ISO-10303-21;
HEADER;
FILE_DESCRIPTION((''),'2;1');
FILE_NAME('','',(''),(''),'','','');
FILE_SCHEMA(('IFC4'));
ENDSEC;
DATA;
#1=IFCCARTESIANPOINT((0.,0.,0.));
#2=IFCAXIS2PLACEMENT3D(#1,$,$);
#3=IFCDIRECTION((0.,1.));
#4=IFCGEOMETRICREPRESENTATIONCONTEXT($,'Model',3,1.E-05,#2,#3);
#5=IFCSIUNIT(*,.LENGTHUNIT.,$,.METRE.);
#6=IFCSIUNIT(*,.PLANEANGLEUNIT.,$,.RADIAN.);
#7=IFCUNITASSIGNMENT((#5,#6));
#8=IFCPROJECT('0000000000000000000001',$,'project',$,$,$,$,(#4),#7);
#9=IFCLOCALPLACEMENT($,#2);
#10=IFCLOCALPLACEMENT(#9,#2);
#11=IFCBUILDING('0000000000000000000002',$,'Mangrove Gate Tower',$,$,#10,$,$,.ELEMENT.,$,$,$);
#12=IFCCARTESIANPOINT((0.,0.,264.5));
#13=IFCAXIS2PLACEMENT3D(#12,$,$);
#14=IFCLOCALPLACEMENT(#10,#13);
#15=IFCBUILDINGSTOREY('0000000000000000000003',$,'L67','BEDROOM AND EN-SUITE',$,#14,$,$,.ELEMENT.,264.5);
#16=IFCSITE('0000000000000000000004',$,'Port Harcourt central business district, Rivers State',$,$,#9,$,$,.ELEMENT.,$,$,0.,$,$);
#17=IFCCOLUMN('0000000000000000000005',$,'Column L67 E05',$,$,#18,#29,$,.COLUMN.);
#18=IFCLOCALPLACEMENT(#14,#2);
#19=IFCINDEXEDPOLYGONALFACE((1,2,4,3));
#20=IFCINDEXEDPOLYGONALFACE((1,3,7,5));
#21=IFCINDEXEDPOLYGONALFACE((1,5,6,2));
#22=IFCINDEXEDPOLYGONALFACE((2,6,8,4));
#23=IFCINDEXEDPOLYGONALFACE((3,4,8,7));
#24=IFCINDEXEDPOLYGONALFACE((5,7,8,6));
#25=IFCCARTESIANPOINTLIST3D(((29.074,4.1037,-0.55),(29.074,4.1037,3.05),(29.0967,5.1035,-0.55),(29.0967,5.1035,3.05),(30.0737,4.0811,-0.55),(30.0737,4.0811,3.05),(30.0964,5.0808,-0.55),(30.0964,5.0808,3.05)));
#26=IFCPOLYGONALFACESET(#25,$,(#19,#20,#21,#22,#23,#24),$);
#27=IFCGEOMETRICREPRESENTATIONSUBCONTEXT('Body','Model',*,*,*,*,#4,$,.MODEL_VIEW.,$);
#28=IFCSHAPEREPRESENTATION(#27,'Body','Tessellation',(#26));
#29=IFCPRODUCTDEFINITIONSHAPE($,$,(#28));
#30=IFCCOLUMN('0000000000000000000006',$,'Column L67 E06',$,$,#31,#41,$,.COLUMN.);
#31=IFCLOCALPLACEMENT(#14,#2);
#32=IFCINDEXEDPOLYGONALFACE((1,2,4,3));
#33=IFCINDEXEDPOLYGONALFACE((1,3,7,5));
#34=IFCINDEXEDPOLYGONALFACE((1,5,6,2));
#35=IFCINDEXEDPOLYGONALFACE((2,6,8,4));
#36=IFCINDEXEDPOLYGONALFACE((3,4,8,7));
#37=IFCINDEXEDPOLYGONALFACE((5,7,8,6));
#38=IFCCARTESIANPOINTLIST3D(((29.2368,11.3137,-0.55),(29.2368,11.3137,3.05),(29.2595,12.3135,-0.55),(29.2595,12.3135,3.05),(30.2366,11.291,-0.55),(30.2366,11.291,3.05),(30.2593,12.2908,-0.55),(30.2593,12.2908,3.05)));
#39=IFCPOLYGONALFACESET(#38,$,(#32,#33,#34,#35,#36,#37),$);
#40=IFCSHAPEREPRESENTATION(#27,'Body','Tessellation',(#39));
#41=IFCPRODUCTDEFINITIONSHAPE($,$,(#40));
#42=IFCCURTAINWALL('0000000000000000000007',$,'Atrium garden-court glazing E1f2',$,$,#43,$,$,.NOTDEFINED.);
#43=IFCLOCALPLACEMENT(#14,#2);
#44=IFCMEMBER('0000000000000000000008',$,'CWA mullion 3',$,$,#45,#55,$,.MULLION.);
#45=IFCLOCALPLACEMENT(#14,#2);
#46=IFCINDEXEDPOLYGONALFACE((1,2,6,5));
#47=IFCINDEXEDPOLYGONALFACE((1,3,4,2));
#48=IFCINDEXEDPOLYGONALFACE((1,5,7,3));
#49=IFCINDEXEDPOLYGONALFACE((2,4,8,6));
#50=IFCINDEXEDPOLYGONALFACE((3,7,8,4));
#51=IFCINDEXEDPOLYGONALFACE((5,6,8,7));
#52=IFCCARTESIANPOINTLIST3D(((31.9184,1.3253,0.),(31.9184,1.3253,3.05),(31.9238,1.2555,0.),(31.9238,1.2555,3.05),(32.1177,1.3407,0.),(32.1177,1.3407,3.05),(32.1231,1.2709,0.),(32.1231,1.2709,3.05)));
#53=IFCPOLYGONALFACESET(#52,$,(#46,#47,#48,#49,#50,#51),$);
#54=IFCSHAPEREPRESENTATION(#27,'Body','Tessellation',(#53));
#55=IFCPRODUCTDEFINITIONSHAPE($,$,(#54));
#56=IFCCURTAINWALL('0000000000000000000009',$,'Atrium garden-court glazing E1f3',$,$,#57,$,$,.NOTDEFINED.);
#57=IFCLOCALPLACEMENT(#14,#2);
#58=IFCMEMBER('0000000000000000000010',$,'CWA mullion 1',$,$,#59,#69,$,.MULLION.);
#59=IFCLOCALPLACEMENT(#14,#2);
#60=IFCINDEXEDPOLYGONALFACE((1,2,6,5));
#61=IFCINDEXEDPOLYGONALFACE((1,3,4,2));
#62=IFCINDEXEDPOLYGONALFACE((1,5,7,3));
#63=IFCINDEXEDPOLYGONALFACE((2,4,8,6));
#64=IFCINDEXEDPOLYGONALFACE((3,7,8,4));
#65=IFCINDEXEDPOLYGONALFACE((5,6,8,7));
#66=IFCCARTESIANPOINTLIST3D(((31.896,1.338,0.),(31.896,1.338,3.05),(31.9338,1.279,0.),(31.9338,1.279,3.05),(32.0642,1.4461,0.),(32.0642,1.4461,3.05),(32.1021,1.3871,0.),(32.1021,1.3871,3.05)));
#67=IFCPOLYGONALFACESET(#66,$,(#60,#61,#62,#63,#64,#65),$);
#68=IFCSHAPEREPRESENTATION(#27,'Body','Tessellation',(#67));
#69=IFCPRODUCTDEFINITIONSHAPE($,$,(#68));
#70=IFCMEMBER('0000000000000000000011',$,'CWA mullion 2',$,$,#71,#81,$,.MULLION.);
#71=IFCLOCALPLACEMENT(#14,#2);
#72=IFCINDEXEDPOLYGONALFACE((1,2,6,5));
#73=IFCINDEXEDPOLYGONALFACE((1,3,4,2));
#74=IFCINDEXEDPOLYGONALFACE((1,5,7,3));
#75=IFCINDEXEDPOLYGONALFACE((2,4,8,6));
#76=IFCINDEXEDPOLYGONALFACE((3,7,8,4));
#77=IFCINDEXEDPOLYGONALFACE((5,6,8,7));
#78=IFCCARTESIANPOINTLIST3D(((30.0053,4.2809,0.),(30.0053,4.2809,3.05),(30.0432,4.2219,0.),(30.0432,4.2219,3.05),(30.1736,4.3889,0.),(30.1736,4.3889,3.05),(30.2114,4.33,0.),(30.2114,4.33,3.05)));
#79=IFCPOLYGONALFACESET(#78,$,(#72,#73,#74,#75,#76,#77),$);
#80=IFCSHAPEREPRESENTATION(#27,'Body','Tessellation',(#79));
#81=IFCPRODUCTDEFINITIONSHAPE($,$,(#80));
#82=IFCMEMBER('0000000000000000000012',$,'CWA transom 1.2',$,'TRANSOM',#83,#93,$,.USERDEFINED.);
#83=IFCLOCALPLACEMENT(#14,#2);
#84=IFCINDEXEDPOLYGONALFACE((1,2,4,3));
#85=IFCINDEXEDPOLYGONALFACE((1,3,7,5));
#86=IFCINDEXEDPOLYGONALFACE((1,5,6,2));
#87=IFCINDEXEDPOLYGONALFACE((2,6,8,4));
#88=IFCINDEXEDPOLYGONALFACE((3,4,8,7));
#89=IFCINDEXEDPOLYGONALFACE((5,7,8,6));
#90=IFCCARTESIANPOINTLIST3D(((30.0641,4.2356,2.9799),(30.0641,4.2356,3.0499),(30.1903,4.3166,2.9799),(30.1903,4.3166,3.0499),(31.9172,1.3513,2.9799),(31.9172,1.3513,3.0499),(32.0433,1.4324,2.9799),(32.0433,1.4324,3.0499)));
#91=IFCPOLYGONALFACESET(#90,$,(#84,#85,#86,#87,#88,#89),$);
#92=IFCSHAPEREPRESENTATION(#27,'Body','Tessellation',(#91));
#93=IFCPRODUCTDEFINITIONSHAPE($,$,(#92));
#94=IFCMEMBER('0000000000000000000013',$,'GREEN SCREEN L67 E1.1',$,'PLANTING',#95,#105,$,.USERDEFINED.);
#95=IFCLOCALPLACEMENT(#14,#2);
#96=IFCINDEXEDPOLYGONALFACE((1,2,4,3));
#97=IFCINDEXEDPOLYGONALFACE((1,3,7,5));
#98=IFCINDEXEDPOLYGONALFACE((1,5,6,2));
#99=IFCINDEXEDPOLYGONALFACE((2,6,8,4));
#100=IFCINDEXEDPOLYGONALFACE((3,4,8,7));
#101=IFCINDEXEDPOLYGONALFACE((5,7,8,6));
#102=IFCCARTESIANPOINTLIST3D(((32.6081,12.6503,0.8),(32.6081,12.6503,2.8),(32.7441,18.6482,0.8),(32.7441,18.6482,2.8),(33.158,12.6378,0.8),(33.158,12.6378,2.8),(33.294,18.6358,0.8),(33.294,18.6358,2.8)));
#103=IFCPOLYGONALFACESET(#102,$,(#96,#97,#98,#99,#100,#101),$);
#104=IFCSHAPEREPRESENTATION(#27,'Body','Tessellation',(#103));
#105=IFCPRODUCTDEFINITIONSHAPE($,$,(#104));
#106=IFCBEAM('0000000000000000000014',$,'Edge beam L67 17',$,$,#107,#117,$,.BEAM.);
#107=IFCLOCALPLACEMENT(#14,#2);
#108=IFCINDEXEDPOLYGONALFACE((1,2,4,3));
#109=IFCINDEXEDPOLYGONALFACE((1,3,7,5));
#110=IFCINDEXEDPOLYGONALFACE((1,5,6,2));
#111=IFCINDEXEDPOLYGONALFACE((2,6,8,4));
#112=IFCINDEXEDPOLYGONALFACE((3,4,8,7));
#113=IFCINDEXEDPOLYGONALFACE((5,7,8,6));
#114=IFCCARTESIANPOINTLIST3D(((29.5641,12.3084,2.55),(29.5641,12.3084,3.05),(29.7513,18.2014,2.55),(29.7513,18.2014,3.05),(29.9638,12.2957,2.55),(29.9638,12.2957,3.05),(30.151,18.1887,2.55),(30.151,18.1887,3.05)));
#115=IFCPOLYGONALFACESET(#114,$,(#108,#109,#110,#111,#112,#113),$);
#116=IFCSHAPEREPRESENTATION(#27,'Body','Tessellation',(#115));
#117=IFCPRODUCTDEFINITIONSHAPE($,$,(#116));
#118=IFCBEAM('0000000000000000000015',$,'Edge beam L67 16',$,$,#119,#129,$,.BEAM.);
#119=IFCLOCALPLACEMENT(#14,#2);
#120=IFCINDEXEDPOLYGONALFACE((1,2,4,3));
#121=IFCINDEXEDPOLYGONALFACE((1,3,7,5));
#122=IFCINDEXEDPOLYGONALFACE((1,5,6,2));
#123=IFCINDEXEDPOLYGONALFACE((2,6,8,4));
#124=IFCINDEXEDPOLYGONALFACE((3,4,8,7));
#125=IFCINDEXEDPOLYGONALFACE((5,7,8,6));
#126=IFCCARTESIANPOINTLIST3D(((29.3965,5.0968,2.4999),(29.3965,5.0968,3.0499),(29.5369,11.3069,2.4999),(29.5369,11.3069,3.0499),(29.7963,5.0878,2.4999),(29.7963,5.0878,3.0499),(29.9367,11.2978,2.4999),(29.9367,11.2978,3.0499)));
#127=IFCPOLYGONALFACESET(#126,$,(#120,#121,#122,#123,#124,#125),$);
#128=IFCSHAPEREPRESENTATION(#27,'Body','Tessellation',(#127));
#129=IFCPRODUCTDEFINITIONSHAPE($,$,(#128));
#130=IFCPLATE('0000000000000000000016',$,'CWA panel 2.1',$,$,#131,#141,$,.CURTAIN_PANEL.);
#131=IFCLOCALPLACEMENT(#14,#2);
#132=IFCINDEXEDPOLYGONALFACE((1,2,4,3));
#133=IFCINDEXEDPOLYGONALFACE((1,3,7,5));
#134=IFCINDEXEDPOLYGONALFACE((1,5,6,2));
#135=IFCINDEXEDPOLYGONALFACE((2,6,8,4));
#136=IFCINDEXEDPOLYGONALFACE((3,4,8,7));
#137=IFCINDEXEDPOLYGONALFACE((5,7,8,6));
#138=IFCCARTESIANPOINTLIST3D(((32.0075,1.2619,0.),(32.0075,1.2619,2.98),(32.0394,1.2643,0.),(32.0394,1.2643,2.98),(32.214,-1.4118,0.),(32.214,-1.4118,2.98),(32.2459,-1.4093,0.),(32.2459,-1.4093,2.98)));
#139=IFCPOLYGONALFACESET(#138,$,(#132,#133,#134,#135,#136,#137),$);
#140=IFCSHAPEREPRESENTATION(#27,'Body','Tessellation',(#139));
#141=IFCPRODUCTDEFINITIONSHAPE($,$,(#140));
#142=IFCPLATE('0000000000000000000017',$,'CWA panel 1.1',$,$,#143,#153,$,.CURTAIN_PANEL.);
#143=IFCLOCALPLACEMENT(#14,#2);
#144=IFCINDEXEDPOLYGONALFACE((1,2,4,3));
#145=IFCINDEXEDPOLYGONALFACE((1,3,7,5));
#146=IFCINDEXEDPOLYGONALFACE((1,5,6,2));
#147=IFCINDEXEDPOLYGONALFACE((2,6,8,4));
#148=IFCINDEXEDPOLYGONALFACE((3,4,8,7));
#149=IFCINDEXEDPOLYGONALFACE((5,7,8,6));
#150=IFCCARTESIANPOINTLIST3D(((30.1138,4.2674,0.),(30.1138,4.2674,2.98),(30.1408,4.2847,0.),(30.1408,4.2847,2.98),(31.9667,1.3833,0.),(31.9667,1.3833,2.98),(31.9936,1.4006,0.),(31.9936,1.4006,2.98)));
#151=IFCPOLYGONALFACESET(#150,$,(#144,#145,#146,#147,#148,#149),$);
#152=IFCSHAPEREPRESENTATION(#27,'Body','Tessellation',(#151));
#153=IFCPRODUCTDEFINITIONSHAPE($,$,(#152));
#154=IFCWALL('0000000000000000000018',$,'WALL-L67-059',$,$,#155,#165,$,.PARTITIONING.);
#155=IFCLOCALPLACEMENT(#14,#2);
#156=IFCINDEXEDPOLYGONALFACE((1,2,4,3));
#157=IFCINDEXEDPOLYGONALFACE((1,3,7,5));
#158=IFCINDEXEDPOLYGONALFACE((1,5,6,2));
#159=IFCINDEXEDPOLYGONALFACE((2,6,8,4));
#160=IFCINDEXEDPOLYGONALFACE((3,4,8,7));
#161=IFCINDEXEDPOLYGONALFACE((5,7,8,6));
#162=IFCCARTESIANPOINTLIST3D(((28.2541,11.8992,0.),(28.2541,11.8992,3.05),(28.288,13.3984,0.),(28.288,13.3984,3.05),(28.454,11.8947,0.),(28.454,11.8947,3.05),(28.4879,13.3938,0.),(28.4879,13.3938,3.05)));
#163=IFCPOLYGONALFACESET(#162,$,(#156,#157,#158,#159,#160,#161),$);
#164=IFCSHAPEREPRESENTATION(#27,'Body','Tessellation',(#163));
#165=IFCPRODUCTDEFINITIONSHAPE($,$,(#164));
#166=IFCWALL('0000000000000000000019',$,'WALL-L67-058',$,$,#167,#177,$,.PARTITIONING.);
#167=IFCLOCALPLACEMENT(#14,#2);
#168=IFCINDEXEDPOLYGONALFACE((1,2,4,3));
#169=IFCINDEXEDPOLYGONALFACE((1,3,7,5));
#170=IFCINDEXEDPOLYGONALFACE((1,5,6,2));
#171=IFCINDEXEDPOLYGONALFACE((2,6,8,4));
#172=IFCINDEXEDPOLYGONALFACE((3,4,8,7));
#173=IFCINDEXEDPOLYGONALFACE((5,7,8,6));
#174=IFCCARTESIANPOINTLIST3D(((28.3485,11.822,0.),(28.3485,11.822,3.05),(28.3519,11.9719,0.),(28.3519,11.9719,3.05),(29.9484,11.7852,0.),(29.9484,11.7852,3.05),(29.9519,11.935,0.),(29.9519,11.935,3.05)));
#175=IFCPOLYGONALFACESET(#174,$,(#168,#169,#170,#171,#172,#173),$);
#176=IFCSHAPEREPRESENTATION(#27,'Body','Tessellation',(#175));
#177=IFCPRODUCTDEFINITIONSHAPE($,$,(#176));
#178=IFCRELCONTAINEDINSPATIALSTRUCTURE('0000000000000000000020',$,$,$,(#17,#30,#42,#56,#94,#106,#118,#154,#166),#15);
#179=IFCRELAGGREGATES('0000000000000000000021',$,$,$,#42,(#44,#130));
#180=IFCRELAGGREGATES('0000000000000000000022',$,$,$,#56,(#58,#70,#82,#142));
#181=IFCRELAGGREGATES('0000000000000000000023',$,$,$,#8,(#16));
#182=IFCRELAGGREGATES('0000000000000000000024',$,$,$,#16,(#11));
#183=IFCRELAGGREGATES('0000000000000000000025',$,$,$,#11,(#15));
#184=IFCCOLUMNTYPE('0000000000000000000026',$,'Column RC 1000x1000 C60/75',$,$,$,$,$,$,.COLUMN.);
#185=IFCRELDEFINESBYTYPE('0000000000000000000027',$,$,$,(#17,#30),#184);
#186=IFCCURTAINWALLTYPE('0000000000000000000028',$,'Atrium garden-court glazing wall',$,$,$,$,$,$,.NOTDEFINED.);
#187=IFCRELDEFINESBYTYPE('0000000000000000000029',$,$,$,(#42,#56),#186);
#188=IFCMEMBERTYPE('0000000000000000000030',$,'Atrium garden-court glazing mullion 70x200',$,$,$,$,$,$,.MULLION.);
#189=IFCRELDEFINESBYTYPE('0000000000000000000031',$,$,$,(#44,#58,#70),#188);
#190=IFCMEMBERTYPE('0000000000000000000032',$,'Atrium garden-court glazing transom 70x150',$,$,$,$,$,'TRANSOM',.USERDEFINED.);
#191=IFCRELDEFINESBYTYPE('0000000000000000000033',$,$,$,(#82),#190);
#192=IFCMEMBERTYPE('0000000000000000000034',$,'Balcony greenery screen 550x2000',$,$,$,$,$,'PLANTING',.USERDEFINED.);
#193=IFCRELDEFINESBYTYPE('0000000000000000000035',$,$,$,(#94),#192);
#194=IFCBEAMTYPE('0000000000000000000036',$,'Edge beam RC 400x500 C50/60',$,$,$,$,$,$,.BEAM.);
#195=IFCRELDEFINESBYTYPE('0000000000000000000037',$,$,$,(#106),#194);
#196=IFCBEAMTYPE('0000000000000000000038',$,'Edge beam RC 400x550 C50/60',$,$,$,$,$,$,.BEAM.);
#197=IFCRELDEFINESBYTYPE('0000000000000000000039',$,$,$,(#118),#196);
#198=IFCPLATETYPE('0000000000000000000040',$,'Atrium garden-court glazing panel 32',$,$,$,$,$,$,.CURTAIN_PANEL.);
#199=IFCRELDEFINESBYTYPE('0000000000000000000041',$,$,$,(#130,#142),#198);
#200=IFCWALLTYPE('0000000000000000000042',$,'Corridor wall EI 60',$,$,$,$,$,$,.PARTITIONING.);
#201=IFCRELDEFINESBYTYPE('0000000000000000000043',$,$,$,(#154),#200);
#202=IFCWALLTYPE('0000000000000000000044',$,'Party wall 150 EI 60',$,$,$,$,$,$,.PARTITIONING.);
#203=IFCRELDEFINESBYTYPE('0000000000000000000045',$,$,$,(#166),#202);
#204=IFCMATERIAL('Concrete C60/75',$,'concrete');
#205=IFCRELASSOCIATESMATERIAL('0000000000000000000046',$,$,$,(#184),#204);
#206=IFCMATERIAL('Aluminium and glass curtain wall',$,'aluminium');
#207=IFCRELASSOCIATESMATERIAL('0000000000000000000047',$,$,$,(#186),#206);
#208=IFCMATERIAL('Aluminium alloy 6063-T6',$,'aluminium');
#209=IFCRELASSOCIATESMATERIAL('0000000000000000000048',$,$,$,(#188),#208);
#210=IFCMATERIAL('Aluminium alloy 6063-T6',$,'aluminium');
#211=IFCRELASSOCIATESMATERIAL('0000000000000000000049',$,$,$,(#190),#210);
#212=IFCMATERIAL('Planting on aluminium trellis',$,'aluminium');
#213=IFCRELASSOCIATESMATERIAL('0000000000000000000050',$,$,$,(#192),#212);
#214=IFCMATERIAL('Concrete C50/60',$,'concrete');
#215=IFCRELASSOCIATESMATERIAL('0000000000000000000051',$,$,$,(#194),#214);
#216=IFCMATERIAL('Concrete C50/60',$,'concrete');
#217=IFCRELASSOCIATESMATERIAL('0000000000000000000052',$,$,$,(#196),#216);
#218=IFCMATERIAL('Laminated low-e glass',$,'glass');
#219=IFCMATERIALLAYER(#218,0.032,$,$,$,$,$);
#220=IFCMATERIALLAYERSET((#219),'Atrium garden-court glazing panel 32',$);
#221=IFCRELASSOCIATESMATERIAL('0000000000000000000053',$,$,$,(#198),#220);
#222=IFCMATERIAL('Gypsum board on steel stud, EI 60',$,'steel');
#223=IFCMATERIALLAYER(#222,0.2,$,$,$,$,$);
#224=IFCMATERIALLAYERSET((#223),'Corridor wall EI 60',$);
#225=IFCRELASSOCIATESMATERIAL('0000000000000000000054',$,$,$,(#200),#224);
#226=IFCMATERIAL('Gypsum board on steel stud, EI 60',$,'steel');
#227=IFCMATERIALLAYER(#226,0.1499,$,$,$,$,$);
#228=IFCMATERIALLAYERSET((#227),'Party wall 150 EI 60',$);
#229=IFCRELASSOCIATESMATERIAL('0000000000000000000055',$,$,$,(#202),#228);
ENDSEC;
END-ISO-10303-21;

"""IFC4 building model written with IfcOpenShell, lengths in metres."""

from ifc_helpers import new_model, si_unit, direction, frame, frame_2d, origin, origin_2d, place, context, subcontext, project, spatial, rectangle, extrude, material, layer, layer_set, material_profile, profile_set, type_object, element, aggregate, save


model = new_model("IFC4")

# Units and contexts
model_context = context("Model", 3, precision=1e-05, world=origin(), true_north=direction((0.0, 1.0)))
body_context = subcontext(model_context, "Body", "Model", "MODEL_VIEW")
ifc_project = project(units=[si_unit("LENGTHUNIT", "METRE"), si_unit("PLANEANGLEUNIT", "RADIAN")], contexts=[model_context])

# Site, building, storey
site_placement = place(None, origin())
site = spatial("IfcSite", under=ifc_project, at=site_placement, Name="Port Harcourt central business district, Rivers State", CompositionType="ELEMENT", RefElevation=0.0)
building_placement = place(site_placement, origin())
building = spatial("IfcBuilding", under=site, at=building_placement, Name="Mangrove Gate Tower", CompositionType="ELEMENT")
storey_placement = place(building_placement, frame((0.0, 0.0, 264.5)))
storey = spatial("IfcBuildingStorey", under=building, at=storey_placement, Name="L67", Description="BEDROOM AND EN-SUITE", CompositionType="ELEMENT", Elevation=264.5)

# Columns
ifc_material_1 = material(Name="Concrete C60/75", Category="concrete")
ifc_material_profile_1 = material_profile(ifc_material_1, rectangle(XDim=1.0, YDim=1.0, at=origin_2d()))
ifc_profile_set_1 = profile_set([ifc_material_profile_1], Name="Concrete C60/75")
column_type = type_object("IfcColumnType", Name="Column RC 1000x1000 C60/75", PredefinedType="COLUMN", material=ifc_profile_set_1)
for number, where, z_axis, x_axis, name in (
    (1, (29.5852, 4.5923, -0.55), (0.0, 0.0, 1.0), (0.02266, 0.999743, 0.0), "Column L67 E05"),
    (2, (29.748, 11.8022, -0.55), (0.0, 0.0, 1.0), (0.022669, 0.999743, 0.0), "Column L67 E06"),
):
    element("IfcColumn", number, at=place(storey_placement, frame(where, z_axis=z_axis, x_axis=x_axis)), inside=storey, type_object=column_type, Name=name, PredefinedType="COLUMN", context=body_context, shape_type="SweptSolid", body=[
        extrude(rectangle(XDim=1.0, YDim=1.0, at=origin_2d()), origin(), (0.0, 0.0, 1.0), 3.6001),
    ])

# Curtain wall, member
ifc_material_2 = material(Name="Aluminium and glass curtain wall", Category="aluminium")
curtain_wall_type = type_object("IfcCurtainWallType", Name="Atrium garden-court glazing wall", PredefinedType="NOTDEFINED", material=ifc_material_2)
curtain_wall_1_placement = place(storey_placement, origin())
curtain_wall_1 = element("IfcCurtainWall", 3, at=curtain_wall_1_placement, inside=storey, type_object=curtain_wall_type, Name="Atrium garden-court glazing E1f2", PredefinedType="NOTDEFINED")
ifc_material_3 = material(Name="Aluminium alloy 6063-T6", Category="aluminium")
ifc_material_profile_2 = material_profile(ifc_material_3, rectangle(XDim=0.0701, YDim=0.2, at=origin_2d()))
ifc_profile_set_2 = profile_set([ifc_material_profile_2], Name="Aluminium alloy 6063-T6")
member_type_1 = type_object("IfcMemberType", Name="Atrium garden-court glazing mullion 70x200", PredefinedType="MULLION", material=ifc_profile_set_2)
member_1_placement = place(storey_placement, frame((32.0208, 1.2981, 0.0), z_axis=(0.0, 0.0, 1.0), x_axis=(-0.077023, 0.997029, 0.0)))
member_1 = element("IfcMember", 4, at=member_1_placement, type_object=member_type_1, Name="CWA mullion 3", PredefinedType="MULLION", context=body_context, shape_type="SweptSolid", body=[
    extrude(rectangle(XDim=0.0701, YDim=0.2, at=origin_2d()), origin(), (0.0, 0.0, 1.0), 3.05),
])

# Curtain wall, members
curtain_wall_2_placement = place(storey_placement, origin())
curtain_wall_2 = element("IfcCurtainWall", 5, at=curtain_wall_2_placement, inside=storey, type_object=curtain_wall_type, Name="Atrium garden-court glazing E1f3", PredefinedType="NOTDEFINED")
member_2_placement = place(storey_placement, frame((31.999, 1.3625, 0.0), z_axis=(0.0, 0.0, 1.0), x_axis=(-0.540498, 0.841345, 0.0)))
member_2 = element("IfcMember", 6, at=member_2_placement, type_object=member_type_1, Name="CWA mullion 1", PredefinedType="MULLION", context=body_context, shape_type="SweptSolid", body=[
    extrude(rectangle(XDim=0.0701, YDim=0.2, at=origin_2d()), origin(), (0.0, 0.0, 1.0), 3.05),
])
member_3_placement = place(storey_placement, frame((30.1084, 4.3054, 0.0), z_axis=(0.0, 0.0, 1.0), x_axis=(-0.540498, 0.841345, 0.0)))
member_3 = element("IfcMember", 7, at=member_3_placement, type_object=member_type_1, Name="CWA mullion 2", PredefinedType="MULLION", context=body_context, shape_type="SweptSolid", body=[
    extrude(rectangle(XDim=0.0701, YDim=0.2, at=origin_2d()), origin(), (0.0, 0.0, 1.0), 3.05),
])
ifc_material_4 = material(Name="Aluminium alloy 6063-T6", Category="aluminium")
ifc_material_profile_3 = material_profile(ifc_material_4, rectangle(XDim=0.0701, YDim=0.1499, at=origin_2d()))
ifc_profile_set_3 = profile_set([ifc_material_profile_3], Name="Aluminium alloy 6063-T6")
member_type_2 = type_object("IfcMemberType", Name="Atrium garden-court glazing transom 70x150", ElementType="TRANSOM", PredefinedType="USERDEFINED", material=ifc_profile_set_3)
member_4_placement = place(storey_placement, frame((31.9802, 1.3918, 3.0149), z_axis=(-0.54052, 0.841331, 0.0), x_axis=(0.0, 0.0, 1.0)))
member_4 = element("IfcMember", 8, at=member_4_placement, type_object=member_type_2, Name="CWA transom 1.2", ObjectType="TRANSOM", PredefinedType="USERDEFINED", context=body_context, shape_type="SweptSolid", body=[
    extrude(rectangle(XDim=0.0701, YDim=0.1499, at=origin_2d()), origin(), (0.0, 0.0, 1.0), 3.4282),
])

# Member
ifc_material_5 = material(Name="Planting on aluminium trellis", Category="aluminium")
ifc_material_profile_4 = material_profile(ifc_material_5, rectangle(XDim=0.55, YDim=2.0, at=origin_2d()))
ifc_profile_set_4 = profile_set([ifc_material_profile_4], Name="Planting on aluminium trellis")
member_type_3 = type_object("IfcMemberType", Name="Balcony greenery screen 550x2000", ElementType="PLANTING", PredefinedType="USERDEFINED", material=ifc_profile_set_4)
member_5_placement = place(storey_placement, frame((32.8831, 12.644, 1.8), z_axis=(0.022666, 0.999743, 0.0), x_axis=(-0.999743, 0.022666, 0.0)))
element("IfcMember", 9, at=member_5_placement, inside=storey, type_object=member_type_3, Name="GREEN SCREEN L67 E1.1", ObjectType="PLANTING", PredefinedType="USERDEFINED", context=body_context, shape_type="SweptSolid", body=[
    extrude(rectangle(XDim=0.55, YDim=2.0, at=origin_2d()), origin(), (0.0, 0.0, 1.0), 5.9995),
])

# Beams
ifc_material_6 = material(Name="Concrete C50/60", Category="concrete")
ifc_material_profile_5 = material_profile(ifc_material_6, rectangle(XDim=0.3999, YDim=0.5, at=origin_2d()))
ifc_profile_set_5 = profile_set([ifc_material_profile_5], Name="Concrete C50/60")
beam_type_1 = type_object("IfcBeamType", Name="Edge beam RC 400x500 C50/60", PredefinedType="BEAM", material=ifc_profile_set_5)
beam_1_placement = place(storey_placement, frame((29.7639, 12.302, 2.8), z_axis=(0.03176, 0.999496, 0.0), x_axis=(-0.999496, 0.03176, 0.0)))
element("IfcBeam", 10, at=beam_1_placement, inside=storey, type_object=beam_type_1, Name="Edge beam L67 17", PredefinedType="BEAM", context=body_context, shape_type="SweptSolid", body=[
    extrude(rectangle(XDim=0.3999, YDim=0.5, at=origin_2d()), origin(), (0.0, 0.0, 1.0), 5.896),
])
ifc_material_7 = material(Name="Concrete C50/60", Category="concrete")
ifc_material_profile_6 = material_profile(ifc_material_7, rectangle(XDim=0.3999, YDim=0.55, at=origin_2d()))
ifc_profile_set_6 = profile_set([ifc_material_profile_6], Name="Concrete C50/60")
beam_type_2 = type_object("IfcBeamType", Name="Edge beam RC 400x550 C50/60", PredefinedType="BEAM", material=ifc_profile_set_6)
beam_2_placement = place(storey_placement, frame((29.5964, 5.0923, 2.7749), z_axis=(0.022599, 0.999745, 0.0), x_axis=(-0.999745, 0.022599, 0.0)))
element("IfcBeam", 11, at=beam_2_placement, inside=storey, type_object=beam_type_2, Name="Edge beam L67 16", PredefinedType="BEAM", context=body_context, shape_type="SweptSolid", body=[
    extrude(rectangle(XDim=0.3999, YDim=0.55, at=origin_2d()), origin(), (0.0, 0.0, 1.0), 6.2117),
])

# Plates
ifc_material_8 = material(Name="Laminated low-e glass", Category="glass")
ifc_layer_1 = layer(ifc_material_8, 0.032)
ifc_layer_set_1 = layer_set([ifc_layer_1], Name="Atrium garden-court glazing panel 32")
plate_type = type_object("IfcPlateType", Name="Atrium garden-court glazing panel 32", PredefinedType="CURTAIN_PANEL", material=ifc_layer_set_1)
plate_1_placement = place(storey_placement, frame((32.1267, -0.0737, 0.0), z_axis=(0.0, 0.0, 1.0), x_axis=(-0.077023, 0.997029, 0.0)))
plate_1 = element("IfcPlate", 12, at=plate_1_placement, type_object=plate_type, Name="CWA panel 2.1", PredefinedType="CURTAIN_PANEL", context=body_context, shape_type="SweptSolid", body=[
    extrude(rectangle(XDim=2.6816, YDim=0.032, at=origin_2d()), origin(), (0.0, 0.0, 1.0), 2.98),
])
aggregate(curtain_wall_1, [member_1, plate_1])
plate_2_placement = place(storey_placement, frame((31.0537, 2.834, 0.0), z_axis=(0.0, 0.0, 1.0), x_axis=(-0.540498, 0.841345, 0.0)))
plate_2 = element("IfcPlate", 13, at=plate_2_placement, type_object=plate_type, Name="CWA panel 1.1", PredefinedType="CURTAIN_PANEL", context=body_context, shape_type="SweptSolid", body=[
    extrude(rectangle(XDim=3.428, YDim=0.032, at=origin_2d()), origin(), (0.0, 0.0, 1.0), 2.98),
])
aggregate(curtain_wall_2, [member_2, member_3, member_4, plate_2])

# Wall
ifc_material_9 = material(Name="Gypsum board on steel stud, EI 60", Category="steel")
ifc_layer_2 = layer(ifc_material_9, 0.2)
ifc_layer_set_2 = layer_set([ifc_layer_2], Name="Corridor wall EI 60")
wall_type_1 = type_object("IfcWallType", Name="Corridor wall EI 60", PredefinedType="PARTITIONING", material=ifc_layer_set_2)
wall_1_placement = place(storey_placement, frame((28.354, 11.897, 0.0), z_axis=(0.0, 0.0, 1.0), x_axis=(0.022633, 0.999744, 0.0)))
element("IfcWall", 14, at=wall_1_placement, inside=storey, type_object=wall_type_1, Name="WALL-L67-059", PredefinedType="PARTITIONING", context=body_context, shape_type="SweptSolid", body=[
    extrude(rectangle(XDim=1.4995, YDim=0.2, at=frame_2d((0.7498, 0.0))), origin(), (0.0, 0.0, 1.0), 3.05),
])

# Wall
ifc_material_10 = material(Name="Gypsum board on steel stud, EI 60", Category="steel")
ifc_layer_3 = layer(ifc_material_10, 0.1499)
ifc_layer_set_3 = layer_set([ifc_layer_3], Name="Party wall 150 EI 60")
wall_type_2 = type_object("IfcWallType", Name="Party wall 150 EI 60", PredefinedType="PARTITIONING", material=ifc_layer_set_3)
wall_2_placement = place(storey_placement, frame((28.3501, 11.897, 0.0), z_axis=(0.0, 0.0, 1.0), x_axis=(0.999735, -0.023037, 0.0)))
element("IfcWall", 15, at=wall_2_placement, inside=storey, type_object=wall_type_2, Name="WALL-L67-058", PredefinedType="PARTITIONING", context=body_context, shape_type="SweptSolid", body=[
    extrude(rectangle(XDim=1.6003, YDim=0.1499, at=frame_2d((0.8003, 0.0))), origin(), (0.0, 0.0, 1.0), 3.05),
])

save(model, "model.ifc")
